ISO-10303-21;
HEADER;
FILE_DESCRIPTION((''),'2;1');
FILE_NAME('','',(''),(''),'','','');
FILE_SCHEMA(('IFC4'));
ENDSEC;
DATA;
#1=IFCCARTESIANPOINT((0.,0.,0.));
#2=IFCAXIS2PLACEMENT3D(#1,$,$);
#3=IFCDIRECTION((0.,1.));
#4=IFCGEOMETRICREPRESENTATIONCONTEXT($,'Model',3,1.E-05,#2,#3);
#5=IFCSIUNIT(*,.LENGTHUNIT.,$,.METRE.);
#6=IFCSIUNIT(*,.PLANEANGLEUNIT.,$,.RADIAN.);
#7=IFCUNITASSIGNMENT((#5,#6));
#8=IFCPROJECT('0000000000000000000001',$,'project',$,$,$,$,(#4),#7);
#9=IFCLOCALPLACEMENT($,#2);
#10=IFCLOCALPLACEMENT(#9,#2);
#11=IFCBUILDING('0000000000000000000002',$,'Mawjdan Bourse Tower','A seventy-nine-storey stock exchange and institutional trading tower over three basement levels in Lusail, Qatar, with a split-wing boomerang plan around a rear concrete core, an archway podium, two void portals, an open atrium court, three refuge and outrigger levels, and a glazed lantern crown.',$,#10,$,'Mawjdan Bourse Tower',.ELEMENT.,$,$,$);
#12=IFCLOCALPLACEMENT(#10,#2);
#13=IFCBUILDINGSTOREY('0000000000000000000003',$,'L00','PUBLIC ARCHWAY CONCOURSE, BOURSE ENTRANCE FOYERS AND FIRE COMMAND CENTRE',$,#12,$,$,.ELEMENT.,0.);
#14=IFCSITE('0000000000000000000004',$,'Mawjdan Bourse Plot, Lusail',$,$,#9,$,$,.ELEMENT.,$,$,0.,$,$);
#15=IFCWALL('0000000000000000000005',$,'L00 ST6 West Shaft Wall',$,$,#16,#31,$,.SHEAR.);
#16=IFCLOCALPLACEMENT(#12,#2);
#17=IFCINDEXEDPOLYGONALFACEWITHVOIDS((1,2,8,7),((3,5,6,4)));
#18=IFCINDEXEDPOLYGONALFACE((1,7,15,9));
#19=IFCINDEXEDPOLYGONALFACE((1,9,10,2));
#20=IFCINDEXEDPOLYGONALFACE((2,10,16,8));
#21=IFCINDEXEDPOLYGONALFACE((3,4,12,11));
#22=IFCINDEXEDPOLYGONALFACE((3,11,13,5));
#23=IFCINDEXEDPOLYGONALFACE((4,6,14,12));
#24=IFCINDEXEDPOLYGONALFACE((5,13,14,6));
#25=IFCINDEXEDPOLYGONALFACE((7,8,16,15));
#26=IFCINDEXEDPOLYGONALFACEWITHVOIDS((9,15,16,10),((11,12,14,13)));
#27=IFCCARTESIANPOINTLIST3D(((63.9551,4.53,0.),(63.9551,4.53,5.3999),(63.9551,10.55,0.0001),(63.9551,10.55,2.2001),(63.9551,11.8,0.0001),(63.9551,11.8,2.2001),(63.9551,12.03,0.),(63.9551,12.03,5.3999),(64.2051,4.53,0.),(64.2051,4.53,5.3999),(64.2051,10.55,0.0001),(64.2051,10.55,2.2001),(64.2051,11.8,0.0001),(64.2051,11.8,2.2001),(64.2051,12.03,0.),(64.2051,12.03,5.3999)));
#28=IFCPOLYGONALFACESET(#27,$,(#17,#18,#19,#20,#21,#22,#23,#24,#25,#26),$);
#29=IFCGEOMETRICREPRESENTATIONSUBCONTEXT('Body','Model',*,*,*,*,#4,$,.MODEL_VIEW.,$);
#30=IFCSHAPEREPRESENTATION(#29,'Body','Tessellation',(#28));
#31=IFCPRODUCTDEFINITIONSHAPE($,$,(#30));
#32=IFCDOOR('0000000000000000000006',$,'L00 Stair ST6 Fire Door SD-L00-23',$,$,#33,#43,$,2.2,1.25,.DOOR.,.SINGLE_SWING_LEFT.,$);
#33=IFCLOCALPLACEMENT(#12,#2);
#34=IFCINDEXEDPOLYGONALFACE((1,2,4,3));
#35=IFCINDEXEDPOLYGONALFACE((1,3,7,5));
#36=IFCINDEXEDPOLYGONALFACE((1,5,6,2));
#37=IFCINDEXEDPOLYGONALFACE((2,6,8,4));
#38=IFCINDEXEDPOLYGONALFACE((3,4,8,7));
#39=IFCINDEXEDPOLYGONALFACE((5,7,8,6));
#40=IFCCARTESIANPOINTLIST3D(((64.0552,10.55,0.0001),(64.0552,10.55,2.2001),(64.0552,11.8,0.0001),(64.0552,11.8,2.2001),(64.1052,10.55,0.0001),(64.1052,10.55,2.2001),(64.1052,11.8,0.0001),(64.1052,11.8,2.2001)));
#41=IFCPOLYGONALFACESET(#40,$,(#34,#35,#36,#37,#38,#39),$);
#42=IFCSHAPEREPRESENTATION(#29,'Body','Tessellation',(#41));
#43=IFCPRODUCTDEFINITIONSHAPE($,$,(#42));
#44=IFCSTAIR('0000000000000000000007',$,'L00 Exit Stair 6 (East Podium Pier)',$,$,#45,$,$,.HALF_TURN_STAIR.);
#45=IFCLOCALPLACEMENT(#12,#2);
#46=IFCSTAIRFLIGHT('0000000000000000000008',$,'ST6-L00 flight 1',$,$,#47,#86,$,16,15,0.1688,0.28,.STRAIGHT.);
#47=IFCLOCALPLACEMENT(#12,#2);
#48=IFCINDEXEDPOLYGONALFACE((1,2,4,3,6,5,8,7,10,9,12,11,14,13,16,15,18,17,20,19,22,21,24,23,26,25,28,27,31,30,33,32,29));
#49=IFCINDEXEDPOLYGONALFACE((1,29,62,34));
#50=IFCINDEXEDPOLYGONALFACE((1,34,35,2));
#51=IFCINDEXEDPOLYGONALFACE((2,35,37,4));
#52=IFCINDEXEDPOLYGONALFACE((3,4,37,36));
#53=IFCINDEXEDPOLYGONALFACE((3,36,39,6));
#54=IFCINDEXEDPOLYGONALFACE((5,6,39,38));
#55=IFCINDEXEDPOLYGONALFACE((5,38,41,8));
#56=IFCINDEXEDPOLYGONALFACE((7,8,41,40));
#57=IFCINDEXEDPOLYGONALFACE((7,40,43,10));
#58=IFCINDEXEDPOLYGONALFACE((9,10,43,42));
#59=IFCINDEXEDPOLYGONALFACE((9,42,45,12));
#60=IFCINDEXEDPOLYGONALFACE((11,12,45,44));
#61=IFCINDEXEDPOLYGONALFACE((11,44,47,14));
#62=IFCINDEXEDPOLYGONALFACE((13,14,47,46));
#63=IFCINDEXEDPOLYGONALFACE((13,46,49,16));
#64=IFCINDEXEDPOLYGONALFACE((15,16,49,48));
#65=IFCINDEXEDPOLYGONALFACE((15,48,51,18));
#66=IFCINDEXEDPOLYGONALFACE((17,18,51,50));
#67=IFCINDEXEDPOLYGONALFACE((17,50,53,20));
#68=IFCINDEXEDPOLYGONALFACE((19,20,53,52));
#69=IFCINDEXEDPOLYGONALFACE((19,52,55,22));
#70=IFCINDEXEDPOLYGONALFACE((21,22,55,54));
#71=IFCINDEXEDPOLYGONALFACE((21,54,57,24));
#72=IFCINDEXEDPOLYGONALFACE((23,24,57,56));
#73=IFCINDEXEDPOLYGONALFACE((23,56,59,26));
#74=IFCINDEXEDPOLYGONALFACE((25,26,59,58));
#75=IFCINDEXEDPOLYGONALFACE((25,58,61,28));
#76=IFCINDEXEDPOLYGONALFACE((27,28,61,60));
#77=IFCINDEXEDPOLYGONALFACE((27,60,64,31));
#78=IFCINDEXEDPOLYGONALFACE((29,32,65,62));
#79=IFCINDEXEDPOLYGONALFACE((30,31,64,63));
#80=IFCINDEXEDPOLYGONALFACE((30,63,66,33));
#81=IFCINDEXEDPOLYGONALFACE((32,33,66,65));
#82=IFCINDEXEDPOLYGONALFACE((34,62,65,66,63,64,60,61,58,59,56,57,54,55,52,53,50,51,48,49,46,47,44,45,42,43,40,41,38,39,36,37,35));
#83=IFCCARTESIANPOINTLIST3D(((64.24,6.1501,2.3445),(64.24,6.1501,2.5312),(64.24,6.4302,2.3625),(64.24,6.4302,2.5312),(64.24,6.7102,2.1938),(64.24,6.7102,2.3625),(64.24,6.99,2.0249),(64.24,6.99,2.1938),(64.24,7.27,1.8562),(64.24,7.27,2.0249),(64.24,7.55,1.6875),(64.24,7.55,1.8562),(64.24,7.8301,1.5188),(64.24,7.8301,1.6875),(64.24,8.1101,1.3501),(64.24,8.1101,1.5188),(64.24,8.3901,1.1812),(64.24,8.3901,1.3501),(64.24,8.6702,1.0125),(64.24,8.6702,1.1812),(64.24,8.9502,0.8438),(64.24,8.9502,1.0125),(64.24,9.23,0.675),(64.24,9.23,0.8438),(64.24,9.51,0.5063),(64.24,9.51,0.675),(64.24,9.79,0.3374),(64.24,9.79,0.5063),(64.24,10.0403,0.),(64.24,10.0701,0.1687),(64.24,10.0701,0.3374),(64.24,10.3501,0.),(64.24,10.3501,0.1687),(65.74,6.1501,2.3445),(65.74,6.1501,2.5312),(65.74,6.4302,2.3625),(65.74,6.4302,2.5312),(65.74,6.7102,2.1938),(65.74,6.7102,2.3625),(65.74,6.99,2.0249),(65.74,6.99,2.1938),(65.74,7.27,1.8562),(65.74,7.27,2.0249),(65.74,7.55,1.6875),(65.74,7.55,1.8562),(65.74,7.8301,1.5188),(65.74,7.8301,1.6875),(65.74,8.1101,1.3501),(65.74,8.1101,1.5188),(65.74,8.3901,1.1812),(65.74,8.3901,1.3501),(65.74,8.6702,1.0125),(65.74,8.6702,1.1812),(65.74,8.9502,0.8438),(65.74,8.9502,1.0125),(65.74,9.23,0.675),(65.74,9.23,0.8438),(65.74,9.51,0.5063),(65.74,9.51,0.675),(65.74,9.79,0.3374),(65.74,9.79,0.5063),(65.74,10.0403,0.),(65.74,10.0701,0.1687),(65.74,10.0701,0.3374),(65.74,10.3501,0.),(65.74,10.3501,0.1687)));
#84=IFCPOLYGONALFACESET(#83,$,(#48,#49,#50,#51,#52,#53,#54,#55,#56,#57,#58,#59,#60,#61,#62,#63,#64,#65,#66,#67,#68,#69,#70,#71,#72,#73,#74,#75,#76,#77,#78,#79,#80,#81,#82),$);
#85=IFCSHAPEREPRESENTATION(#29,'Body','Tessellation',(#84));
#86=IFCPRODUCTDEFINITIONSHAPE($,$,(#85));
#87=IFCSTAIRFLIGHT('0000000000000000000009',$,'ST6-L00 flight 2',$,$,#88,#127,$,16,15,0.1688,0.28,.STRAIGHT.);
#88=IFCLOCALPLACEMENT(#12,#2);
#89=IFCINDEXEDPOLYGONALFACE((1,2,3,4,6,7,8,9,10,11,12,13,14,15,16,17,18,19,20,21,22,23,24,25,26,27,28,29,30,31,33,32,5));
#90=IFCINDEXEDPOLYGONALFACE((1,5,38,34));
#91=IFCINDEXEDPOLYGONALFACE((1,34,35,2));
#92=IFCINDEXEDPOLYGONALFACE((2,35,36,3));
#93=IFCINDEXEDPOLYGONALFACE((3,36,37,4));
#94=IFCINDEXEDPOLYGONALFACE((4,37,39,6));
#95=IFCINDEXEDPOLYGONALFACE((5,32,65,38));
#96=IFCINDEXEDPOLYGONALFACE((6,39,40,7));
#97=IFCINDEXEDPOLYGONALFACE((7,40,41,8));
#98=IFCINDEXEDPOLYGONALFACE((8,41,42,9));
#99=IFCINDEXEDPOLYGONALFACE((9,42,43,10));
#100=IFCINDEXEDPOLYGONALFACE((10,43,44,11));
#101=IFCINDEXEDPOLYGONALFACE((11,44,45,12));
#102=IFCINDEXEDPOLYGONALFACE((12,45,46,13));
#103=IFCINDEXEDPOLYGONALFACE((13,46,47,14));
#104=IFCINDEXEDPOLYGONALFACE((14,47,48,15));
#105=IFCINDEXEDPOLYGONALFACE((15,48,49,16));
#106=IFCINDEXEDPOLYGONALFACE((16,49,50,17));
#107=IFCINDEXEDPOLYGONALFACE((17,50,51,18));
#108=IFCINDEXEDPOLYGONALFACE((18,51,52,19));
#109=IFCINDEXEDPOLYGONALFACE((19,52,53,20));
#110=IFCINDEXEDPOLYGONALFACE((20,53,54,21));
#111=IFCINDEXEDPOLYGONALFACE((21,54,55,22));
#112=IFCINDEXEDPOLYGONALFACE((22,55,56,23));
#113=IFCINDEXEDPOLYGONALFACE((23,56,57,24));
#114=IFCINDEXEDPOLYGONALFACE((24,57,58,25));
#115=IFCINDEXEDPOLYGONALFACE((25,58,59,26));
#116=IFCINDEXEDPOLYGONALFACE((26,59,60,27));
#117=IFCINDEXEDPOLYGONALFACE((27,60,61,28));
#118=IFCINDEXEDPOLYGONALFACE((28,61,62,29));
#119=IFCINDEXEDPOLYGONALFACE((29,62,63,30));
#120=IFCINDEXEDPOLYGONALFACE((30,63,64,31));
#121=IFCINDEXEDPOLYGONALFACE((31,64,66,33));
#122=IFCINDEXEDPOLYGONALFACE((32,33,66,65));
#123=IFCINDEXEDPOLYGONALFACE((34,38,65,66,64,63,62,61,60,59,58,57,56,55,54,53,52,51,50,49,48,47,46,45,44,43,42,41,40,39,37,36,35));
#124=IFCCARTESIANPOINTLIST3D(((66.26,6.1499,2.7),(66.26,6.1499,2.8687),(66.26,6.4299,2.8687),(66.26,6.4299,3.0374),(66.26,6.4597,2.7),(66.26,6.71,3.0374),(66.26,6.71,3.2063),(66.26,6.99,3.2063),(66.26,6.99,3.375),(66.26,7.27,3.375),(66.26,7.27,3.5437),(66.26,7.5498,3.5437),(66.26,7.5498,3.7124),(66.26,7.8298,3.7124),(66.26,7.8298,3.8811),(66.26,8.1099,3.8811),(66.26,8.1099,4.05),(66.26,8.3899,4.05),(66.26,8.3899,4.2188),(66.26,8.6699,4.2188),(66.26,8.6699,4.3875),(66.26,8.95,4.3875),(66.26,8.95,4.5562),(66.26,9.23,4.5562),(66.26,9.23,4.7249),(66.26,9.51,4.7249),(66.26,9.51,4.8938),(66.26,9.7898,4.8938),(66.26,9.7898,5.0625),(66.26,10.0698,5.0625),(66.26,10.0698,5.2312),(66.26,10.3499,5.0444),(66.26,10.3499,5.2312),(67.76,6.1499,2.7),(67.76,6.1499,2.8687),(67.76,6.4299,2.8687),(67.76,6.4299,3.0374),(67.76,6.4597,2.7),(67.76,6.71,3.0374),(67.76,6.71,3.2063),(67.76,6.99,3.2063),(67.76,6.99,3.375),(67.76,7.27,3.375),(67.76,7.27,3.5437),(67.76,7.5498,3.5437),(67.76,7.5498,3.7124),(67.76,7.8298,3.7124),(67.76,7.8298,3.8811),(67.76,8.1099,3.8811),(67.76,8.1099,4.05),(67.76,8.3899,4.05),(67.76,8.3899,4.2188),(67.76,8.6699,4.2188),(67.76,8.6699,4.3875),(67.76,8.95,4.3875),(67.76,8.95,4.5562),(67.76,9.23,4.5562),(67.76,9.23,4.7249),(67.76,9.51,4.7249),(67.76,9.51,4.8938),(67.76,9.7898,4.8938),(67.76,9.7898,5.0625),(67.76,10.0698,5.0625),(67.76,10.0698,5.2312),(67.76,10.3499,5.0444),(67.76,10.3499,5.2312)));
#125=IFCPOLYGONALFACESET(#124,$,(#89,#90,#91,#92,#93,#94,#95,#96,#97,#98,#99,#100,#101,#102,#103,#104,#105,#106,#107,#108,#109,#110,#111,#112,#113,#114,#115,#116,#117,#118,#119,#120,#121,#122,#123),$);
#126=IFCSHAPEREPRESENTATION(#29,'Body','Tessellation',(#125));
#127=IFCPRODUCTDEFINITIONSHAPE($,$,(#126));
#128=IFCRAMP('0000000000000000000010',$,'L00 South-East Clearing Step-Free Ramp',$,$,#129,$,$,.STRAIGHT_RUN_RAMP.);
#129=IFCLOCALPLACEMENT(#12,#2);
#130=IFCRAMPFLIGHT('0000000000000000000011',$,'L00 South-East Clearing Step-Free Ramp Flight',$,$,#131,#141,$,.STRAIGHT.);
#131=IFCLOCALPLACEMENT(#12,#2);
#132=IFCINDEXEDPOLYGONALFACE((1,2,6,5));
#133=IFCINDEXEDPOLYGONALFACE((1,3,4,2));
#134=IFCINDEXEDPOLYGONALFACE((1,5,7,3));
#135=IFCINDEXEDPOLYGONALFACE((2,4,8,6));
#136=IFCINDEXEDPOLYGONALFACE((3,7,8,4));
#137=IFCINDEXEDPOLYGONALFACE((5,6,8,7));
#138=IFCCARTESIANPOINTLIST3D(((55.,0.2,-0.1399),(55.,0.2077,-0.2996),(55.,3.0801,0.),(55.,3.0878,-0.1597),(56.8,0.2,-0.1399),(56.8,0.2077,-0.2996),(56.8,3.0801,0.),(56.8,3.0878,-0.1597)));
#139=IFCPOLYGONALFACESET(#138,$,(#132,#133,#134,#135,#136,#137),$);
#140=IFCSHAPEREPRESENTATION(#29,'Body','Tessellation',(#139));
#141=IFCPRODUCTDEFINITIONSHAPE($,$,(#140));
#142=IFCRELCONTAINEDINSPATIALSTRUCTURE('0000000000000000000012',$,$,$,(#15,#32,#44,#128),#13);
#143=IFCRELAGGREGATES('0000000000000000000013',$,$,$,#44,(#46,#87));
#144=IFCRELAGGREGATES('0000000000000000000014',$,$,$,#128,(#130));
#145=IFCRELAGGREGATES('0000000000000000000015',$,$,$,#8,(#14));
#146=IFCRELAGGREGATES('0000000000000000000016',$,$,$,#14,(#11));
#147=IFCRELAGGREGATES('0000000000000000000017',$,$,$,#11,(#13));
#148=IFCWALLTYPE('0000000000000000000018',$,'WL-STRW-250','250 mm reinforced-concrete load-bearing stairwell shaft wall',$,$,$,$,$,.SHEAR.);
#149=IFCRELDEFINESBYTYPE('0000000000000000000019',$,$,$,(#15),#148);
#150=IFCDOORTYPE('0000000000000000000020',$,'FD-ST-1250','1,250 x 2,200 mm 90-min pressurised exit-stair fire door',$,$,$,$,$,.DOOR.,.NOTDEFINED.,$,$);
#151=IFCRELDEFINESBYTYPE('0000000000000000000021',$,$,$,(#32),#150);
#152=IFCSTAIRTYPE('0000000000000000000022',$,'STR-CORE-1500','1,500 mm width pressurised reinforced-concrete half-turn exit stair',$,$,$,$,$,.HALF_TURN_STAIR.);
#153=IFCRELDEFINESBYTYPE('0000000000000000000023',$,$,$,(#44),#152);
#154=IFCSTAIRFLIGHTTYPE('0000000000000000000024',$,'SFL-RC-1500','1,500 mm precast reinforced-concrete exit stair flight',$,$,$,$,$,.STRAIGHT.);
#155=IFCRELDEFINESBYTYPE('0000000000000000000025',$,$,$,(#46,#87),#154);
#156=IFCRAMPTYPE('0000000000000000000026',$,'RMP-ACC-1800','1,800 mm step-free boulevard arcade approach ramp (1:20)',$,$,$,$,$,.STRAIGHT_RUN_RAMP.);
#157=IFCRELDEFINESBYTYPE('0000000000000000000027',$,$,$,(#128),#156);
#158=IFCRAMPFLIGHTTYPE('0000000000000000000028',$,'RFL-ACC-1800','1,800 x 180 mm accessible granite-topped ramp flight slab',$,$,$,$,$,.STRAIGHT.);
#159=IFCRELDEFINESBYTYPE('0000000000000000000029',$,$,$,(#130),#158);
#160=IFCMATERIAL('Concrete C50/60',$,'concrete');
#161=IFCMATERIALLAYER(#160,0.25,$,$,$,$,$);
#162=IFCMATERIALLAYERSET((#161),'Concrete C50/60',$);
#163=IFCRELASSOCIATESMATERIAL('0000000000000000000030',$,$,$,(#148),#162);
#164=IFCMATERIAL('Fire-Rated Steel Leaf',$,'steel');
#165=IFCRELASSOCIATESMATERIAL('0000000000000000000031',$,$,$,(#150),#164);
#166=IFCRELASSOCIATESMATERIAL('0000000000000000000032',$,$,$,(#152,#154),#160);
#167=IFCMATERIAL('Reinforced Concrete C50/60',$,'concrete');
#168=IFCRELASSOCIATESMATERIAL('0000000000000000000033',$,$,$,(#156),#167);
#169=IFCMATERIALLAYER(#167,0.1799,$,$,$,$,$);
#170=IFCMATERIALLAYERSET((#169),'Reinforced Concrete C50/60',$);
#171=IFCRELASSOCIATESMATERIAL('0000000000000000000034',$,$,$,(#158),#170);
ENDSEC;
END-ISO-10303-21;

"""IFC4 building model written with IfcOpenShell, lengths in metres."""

from ifc_helpers import new_model, si_unit, direction, frame, frame_2d, origin, place, context, subcontext, project, spatial, polyline, rectangle, outline, extrude, material, layer, layer_set, type_object, element, fill, aggregate, save


model = new_model("IFC4")

# Units and contexts
model_context = context("Model", 3, precision=1e-05, world=origin(), true_north=direction((0.0, 1.0)))
body_context = subcontext(model_context, "Body", "Model", "MODEL_VIEW")
ifc_project = project(units=[si_unit("LENGTHUNIT", "METRE"), si_unit("PLANEANGLEUNIT", "RADIAN")], contexts=[model_context])

# Site, building, storey
site_placement = place(None, origin())
site = spatial("IfcSite", under=ifc_project, at=site_placement, Name="Mawjdan Bourse Plot, Lusail", CompositionType="ELEMENT", RefElevation=0.0)
building_placement = place(site_placement, origin())
building = spatial("IfcBuilding", under=site, at=building_placement, Name="Mawjdan Bourse Tower", Description="A seventy-nine-storey stock exchange and institutional trading tower over three basement levels in Lusail, Qatar, with a split-wing boomerang plan around a rear concrete core, an archway podium, two void portals, an open atrium court, three refuge and outrigger levels, and a glazed lantern crown.", LongName="Mawjdan Bourse Tower", CompositionType="ELEMENT")
storey_placement = place(building_placement, origin())
storey = spatial("IfcBuildingStorey", under=building, at=storey_placement, Name="L00", Description="PUBLIC ARCHWAY CONCOURSE, BOURSE ENTRANCE FOYERS AND FIRE COMMAND CENTRE", CompositionType="ELEMENT", Elevation=0.0)

# Shared definitions
ifc_material_1 = material(Name="Concrete C50/60", Category="concrete")
ifc_layer_1 = layer(ifc_material_1, 0.25)
ifc_layer_set_1 = layer_set([ifc_layer_1], Name="Concrete C50/60")
wall_type_1 = type_object("IfcWallType", Name="WL-STRW-250", Description="250 mm reinforced-concrete load-bearing stairwell shaft wall", PredefinedType="SHEAR", material=ifc_layer_set_1)

# Wall, opening, door
wall_1_placement = place(storey_placement, frame((64.0801, 4.53, 0.0), z_axis=(0.0, 0.0, 1.0), x_axis=(0.0, 1.0, 0.0)))
wall_1 = element("IfcWall", 1, at=wall_1_placement, inside=storey, type_object=wall_type_1, Name="L00 ST6 West Shaft Wall", PredefinedType="SHEAR", context=body_context, shape_type="SweptSolid", body=[
    extrude(rectangle(XDim=7.5, YDim=0.25, at=frame_2d((3.75, 0.0))), origin(), (0.0, 0.0, 1.0), 5.3999),
])
opening_1_placement = place(wall_1_placement, frame((6.02, 0.0, 0.0)))
opening_1 = element("IfcOpeningElement", 2, at=opening_1_placement, cuts=wall_1, PredefinedType="OPENING", context=body_context, shape_type="SweptSolid", body=[
    extrude(rectangle(XDim=1.25, YDim=2.2, at=frame_2d((0.625, 1.1001))), frame((0.0, 0.135, 0.0), z_axis=(0.0, -1.0, 0.0), x_axis=(1.0, 0.0, 0.0)), (0.0, 0.0, 1.0), 0.27),
])
ifc_material_2 = material(Name="Fire-Rated Steel Leaf", Category="steel")
door_type_1 = type_object("IfcDoorType", Name="FD-ST-1250", Description="1,250 x 2,200 mm 90-min pressurised exit-stair fire door", OperationType="NOTDEFINED", PredefinedType="DOOR", material=ifc_material_2)
door_1_placement = place(opening_1_placement, origin())
door_1 = element("IfcDoor", 3, at=door_1_placement, inside=storey, type_object=door_type_1, Name="L00 Stair ST6 Fire Door SD-L00-23", OperationType="SINGLE_SWING_LEFT", OverallHeight=2.2, OverallWidth=1.25, PredefinedType="DOOR", context=body_context, shape_type="SweptSolid", body=[
    extrude(rectangle(XDim=1.25, YDim=2.2, at=frame_2d((0.625, 1.1001))), frame((0.0, 0.0249, 0.0), z_axis=(0.0, -1.0, 0.0), x_axis=(1.0, 0.0, 0.0)), (0.0, 0.0, 1.0), 0.05),
])
fill(opening_1, door_1)

# Stair, stair flights
stair_type = type_object("IfcStairType", Name="STR-CORE-1500", Description="1,500 mm width pressurised reinforced-concrete half-turn exit stair", PredefinedType="HALF_TURN_STAIR", material=ifc_material_1)
stair_placement = place(storey_placement, origin())
stair = element("IfcStair", 4, at=stair_placement, inside=storey, type_object=stair_type, Name="L00 Exit Stair 6 (East Podium Pier)", PredefinedType="HALF_TURN_STAIR")
stair_flight_type = type_object("IfcStairFlightType", Name="SFL-RC-1500", Description="1,500 mm precast reinforced-concrete exit stair flight", PredefinedType="STRAIGHT", material=ifc_material_1)
stair_flight_1_placement = place(storey_placement, frame((64.99, 10.3501, 0.0), z_axis=(0.0, 0.0, 1.0), x_axis=(0.0, -1.0, 0.0)))
stair_flight_1 = element("IfcStairFlight", 5, at=stair_flight_1_placement, type_object=stair_flight_type, Name="ST6-L00 flight 1", NumberOfRisers=16, NumberOfTreads=15, PredefinedType="STRAIGHT", RiserHeight=0.1688, TreadLength=0.28, context=body_context, shape_type="SweptSolid", body=[
    extrude(outline(polyline([(0.0, 0.0), (0.0, 0.1687), (0.28, 0.1687), (0.28, 0.3374), (0.5601, 0.3374), (0.5601, 0.5063), (0.8401, 0.5063), (0.8401, 0.675), (1.1201, 0.675), (1.1201, 0.8438), (1.3999, 0.8438), (1.3999, 1.0125), (1.6799, 1.0125), (1.6799, 1.1812), (1.96, 1.1812), (1.96, 1.3501), (2.24, 1.3501), (2.24, 1.5188), (2.52, 1.5188), (2.52, 1.6875), (2.8, 1.6875), (2.8, 1.8562), (3.0801, 1.8562), (3.0801, 2.0249), (3.3601, 2.0249), (3.3601, 2.1938), (3.6399, 2.1938), (3.6399, 2.3625), (3.9199, 2.3625), (3.9199, 2.5312), (4.2, 2.5312), (4.2, 2.7), (4.2, 2.3445), (0.3098, 0.0), (0.0, 0.0)])), frame((0.0, 0.75, 0.0), z_axis=(0.0, -1.0, 0.0), x_axis=(1.0, 0.0, 0.0)), (0.0, 0.0, 1.0), 1.5),
])
stair_flight_2_placement = place(storey_placement, frame((67.01, 6.1499, 2.7), z_axis=(0.0, 0.0, 1.0), x_axis=(0.0, 1.0, 0.0)))
stair_flight_2 = element("IfcStairFlight", 6, at=stair_flight_2_placement, type_object=stair_flight_type, Name="ST6-L00 flight 2", NumberOfRisers=16, NumberOfTreads=15, PredefinedType="STRAIGHT", RiserHeight=0.1688, TreadLength=0.28, context=body_context, shape_type="SweptSolid", body=[
    extrude(outline(polyline([(0.0, 0.0), (0.0, 0.1687), (0.28, 0.1687), (0.28, 0.3374), (0.5601, 0.3374), (0.5601, 0.5063), (0.8401, 0.5063), (0.8401, 0.675), (1.1201, 0.675), (1.1201, 0.8438), (1.3999, 0.8438), (1.3999, 1.0125), (1.6799, 1.0125), (1.6799, 1.1812), (1.96, 1.1812), (1.96, 1.3501), (2.24, 1.3501), (2.24, 1.5188), (2.52, 1.5188), (2.52, 1.6875), (2.8, 1.6875), (2.8, 1.8562), (3.0801, 1.8562), (3.0801, 2.0249), (3.3601, 2.0249), (3.3601, 2.1938), (3.6399, 2.1938), (3.6399, 2.3625), (3.9199, 2.3625), (3.9199, 2.5312), (4.2, 2.5312), (4.2, 2.7), (4.2, 2.3445), (0.3098, 0.0), (0.0, 0.0)])), frame((0.0, 0.75, 0.0), z_axis=(0.0, -1.0, 0.0), x_axis=(1.0, 0.0, 0.0)), (0.0, 0.0, 1.0), 1.5),
])
aggregate(stair, [stair_flight_1, stair_flight_2])

# Ramp, ramp flight
ifc_material_3 = material(Name="Reinforced Concrete C50/60", Category="concrete")
ramp_type = type_object("IfcRampType", Name="RMP-ACC-1800", Description="1,800 mm step-free boulevard arcade approach ramp (1:20)", PredefinedType="STRAIGHT_RUN_RAMP", material=ifc_material_3)
ramp_placement = place(storey_placement, origin())
ramp = element("IfcRamp", 7, at=ramp_placement, inside=storey, type_object=ramp_type, Name="L00 South-East Clearing Step-Free Ramp", PredefinedType="STRAIGHT_RUN_RAMP")
ifc_layer_2 = layer(ifc_material_3, 0.1799)
ifc_layer_set_2 = layer_set([ifc_layer_2], Name="Reinforced Concrete C50/60")
ramp_flight_type = type_object("IfcRampFlightType", Name="RFL-ACC-1800", Description="1,800 x 180 mm accessible granite-topped ramp flight slab", PredefinedType="STRAIGHT", material=ifc_layer_set_2)
ramp_flight_placement = place(storey_placement, frame((55.0, 0.2, -0.1399), z_axis=(0.0, -0.048514, 0.998822), x_axis=(0.0, 0.998822, 0.048514)))
ramp_flight = element("IfcRampFlight", 8, at=ramp_flight_placement, type_object=ramp_flight_type, Name="L00 South-East Clearing Step-Free Ramp Flight", PredefinedType="STRAIGHT", context=body_context, shape_type="SweptSolid", body=[
    extrude(outline(polyline([(0.0, 0.0), (2.8835, 0.0), (2.8835, -1.8), (0.0, -1.8), (0.0, 0.0)])), origin(), (0.0, 0.0, -1.0), 0.1599),
])
aggregate(ramp, [ramp_flight])

save(model, "model.ifc")
